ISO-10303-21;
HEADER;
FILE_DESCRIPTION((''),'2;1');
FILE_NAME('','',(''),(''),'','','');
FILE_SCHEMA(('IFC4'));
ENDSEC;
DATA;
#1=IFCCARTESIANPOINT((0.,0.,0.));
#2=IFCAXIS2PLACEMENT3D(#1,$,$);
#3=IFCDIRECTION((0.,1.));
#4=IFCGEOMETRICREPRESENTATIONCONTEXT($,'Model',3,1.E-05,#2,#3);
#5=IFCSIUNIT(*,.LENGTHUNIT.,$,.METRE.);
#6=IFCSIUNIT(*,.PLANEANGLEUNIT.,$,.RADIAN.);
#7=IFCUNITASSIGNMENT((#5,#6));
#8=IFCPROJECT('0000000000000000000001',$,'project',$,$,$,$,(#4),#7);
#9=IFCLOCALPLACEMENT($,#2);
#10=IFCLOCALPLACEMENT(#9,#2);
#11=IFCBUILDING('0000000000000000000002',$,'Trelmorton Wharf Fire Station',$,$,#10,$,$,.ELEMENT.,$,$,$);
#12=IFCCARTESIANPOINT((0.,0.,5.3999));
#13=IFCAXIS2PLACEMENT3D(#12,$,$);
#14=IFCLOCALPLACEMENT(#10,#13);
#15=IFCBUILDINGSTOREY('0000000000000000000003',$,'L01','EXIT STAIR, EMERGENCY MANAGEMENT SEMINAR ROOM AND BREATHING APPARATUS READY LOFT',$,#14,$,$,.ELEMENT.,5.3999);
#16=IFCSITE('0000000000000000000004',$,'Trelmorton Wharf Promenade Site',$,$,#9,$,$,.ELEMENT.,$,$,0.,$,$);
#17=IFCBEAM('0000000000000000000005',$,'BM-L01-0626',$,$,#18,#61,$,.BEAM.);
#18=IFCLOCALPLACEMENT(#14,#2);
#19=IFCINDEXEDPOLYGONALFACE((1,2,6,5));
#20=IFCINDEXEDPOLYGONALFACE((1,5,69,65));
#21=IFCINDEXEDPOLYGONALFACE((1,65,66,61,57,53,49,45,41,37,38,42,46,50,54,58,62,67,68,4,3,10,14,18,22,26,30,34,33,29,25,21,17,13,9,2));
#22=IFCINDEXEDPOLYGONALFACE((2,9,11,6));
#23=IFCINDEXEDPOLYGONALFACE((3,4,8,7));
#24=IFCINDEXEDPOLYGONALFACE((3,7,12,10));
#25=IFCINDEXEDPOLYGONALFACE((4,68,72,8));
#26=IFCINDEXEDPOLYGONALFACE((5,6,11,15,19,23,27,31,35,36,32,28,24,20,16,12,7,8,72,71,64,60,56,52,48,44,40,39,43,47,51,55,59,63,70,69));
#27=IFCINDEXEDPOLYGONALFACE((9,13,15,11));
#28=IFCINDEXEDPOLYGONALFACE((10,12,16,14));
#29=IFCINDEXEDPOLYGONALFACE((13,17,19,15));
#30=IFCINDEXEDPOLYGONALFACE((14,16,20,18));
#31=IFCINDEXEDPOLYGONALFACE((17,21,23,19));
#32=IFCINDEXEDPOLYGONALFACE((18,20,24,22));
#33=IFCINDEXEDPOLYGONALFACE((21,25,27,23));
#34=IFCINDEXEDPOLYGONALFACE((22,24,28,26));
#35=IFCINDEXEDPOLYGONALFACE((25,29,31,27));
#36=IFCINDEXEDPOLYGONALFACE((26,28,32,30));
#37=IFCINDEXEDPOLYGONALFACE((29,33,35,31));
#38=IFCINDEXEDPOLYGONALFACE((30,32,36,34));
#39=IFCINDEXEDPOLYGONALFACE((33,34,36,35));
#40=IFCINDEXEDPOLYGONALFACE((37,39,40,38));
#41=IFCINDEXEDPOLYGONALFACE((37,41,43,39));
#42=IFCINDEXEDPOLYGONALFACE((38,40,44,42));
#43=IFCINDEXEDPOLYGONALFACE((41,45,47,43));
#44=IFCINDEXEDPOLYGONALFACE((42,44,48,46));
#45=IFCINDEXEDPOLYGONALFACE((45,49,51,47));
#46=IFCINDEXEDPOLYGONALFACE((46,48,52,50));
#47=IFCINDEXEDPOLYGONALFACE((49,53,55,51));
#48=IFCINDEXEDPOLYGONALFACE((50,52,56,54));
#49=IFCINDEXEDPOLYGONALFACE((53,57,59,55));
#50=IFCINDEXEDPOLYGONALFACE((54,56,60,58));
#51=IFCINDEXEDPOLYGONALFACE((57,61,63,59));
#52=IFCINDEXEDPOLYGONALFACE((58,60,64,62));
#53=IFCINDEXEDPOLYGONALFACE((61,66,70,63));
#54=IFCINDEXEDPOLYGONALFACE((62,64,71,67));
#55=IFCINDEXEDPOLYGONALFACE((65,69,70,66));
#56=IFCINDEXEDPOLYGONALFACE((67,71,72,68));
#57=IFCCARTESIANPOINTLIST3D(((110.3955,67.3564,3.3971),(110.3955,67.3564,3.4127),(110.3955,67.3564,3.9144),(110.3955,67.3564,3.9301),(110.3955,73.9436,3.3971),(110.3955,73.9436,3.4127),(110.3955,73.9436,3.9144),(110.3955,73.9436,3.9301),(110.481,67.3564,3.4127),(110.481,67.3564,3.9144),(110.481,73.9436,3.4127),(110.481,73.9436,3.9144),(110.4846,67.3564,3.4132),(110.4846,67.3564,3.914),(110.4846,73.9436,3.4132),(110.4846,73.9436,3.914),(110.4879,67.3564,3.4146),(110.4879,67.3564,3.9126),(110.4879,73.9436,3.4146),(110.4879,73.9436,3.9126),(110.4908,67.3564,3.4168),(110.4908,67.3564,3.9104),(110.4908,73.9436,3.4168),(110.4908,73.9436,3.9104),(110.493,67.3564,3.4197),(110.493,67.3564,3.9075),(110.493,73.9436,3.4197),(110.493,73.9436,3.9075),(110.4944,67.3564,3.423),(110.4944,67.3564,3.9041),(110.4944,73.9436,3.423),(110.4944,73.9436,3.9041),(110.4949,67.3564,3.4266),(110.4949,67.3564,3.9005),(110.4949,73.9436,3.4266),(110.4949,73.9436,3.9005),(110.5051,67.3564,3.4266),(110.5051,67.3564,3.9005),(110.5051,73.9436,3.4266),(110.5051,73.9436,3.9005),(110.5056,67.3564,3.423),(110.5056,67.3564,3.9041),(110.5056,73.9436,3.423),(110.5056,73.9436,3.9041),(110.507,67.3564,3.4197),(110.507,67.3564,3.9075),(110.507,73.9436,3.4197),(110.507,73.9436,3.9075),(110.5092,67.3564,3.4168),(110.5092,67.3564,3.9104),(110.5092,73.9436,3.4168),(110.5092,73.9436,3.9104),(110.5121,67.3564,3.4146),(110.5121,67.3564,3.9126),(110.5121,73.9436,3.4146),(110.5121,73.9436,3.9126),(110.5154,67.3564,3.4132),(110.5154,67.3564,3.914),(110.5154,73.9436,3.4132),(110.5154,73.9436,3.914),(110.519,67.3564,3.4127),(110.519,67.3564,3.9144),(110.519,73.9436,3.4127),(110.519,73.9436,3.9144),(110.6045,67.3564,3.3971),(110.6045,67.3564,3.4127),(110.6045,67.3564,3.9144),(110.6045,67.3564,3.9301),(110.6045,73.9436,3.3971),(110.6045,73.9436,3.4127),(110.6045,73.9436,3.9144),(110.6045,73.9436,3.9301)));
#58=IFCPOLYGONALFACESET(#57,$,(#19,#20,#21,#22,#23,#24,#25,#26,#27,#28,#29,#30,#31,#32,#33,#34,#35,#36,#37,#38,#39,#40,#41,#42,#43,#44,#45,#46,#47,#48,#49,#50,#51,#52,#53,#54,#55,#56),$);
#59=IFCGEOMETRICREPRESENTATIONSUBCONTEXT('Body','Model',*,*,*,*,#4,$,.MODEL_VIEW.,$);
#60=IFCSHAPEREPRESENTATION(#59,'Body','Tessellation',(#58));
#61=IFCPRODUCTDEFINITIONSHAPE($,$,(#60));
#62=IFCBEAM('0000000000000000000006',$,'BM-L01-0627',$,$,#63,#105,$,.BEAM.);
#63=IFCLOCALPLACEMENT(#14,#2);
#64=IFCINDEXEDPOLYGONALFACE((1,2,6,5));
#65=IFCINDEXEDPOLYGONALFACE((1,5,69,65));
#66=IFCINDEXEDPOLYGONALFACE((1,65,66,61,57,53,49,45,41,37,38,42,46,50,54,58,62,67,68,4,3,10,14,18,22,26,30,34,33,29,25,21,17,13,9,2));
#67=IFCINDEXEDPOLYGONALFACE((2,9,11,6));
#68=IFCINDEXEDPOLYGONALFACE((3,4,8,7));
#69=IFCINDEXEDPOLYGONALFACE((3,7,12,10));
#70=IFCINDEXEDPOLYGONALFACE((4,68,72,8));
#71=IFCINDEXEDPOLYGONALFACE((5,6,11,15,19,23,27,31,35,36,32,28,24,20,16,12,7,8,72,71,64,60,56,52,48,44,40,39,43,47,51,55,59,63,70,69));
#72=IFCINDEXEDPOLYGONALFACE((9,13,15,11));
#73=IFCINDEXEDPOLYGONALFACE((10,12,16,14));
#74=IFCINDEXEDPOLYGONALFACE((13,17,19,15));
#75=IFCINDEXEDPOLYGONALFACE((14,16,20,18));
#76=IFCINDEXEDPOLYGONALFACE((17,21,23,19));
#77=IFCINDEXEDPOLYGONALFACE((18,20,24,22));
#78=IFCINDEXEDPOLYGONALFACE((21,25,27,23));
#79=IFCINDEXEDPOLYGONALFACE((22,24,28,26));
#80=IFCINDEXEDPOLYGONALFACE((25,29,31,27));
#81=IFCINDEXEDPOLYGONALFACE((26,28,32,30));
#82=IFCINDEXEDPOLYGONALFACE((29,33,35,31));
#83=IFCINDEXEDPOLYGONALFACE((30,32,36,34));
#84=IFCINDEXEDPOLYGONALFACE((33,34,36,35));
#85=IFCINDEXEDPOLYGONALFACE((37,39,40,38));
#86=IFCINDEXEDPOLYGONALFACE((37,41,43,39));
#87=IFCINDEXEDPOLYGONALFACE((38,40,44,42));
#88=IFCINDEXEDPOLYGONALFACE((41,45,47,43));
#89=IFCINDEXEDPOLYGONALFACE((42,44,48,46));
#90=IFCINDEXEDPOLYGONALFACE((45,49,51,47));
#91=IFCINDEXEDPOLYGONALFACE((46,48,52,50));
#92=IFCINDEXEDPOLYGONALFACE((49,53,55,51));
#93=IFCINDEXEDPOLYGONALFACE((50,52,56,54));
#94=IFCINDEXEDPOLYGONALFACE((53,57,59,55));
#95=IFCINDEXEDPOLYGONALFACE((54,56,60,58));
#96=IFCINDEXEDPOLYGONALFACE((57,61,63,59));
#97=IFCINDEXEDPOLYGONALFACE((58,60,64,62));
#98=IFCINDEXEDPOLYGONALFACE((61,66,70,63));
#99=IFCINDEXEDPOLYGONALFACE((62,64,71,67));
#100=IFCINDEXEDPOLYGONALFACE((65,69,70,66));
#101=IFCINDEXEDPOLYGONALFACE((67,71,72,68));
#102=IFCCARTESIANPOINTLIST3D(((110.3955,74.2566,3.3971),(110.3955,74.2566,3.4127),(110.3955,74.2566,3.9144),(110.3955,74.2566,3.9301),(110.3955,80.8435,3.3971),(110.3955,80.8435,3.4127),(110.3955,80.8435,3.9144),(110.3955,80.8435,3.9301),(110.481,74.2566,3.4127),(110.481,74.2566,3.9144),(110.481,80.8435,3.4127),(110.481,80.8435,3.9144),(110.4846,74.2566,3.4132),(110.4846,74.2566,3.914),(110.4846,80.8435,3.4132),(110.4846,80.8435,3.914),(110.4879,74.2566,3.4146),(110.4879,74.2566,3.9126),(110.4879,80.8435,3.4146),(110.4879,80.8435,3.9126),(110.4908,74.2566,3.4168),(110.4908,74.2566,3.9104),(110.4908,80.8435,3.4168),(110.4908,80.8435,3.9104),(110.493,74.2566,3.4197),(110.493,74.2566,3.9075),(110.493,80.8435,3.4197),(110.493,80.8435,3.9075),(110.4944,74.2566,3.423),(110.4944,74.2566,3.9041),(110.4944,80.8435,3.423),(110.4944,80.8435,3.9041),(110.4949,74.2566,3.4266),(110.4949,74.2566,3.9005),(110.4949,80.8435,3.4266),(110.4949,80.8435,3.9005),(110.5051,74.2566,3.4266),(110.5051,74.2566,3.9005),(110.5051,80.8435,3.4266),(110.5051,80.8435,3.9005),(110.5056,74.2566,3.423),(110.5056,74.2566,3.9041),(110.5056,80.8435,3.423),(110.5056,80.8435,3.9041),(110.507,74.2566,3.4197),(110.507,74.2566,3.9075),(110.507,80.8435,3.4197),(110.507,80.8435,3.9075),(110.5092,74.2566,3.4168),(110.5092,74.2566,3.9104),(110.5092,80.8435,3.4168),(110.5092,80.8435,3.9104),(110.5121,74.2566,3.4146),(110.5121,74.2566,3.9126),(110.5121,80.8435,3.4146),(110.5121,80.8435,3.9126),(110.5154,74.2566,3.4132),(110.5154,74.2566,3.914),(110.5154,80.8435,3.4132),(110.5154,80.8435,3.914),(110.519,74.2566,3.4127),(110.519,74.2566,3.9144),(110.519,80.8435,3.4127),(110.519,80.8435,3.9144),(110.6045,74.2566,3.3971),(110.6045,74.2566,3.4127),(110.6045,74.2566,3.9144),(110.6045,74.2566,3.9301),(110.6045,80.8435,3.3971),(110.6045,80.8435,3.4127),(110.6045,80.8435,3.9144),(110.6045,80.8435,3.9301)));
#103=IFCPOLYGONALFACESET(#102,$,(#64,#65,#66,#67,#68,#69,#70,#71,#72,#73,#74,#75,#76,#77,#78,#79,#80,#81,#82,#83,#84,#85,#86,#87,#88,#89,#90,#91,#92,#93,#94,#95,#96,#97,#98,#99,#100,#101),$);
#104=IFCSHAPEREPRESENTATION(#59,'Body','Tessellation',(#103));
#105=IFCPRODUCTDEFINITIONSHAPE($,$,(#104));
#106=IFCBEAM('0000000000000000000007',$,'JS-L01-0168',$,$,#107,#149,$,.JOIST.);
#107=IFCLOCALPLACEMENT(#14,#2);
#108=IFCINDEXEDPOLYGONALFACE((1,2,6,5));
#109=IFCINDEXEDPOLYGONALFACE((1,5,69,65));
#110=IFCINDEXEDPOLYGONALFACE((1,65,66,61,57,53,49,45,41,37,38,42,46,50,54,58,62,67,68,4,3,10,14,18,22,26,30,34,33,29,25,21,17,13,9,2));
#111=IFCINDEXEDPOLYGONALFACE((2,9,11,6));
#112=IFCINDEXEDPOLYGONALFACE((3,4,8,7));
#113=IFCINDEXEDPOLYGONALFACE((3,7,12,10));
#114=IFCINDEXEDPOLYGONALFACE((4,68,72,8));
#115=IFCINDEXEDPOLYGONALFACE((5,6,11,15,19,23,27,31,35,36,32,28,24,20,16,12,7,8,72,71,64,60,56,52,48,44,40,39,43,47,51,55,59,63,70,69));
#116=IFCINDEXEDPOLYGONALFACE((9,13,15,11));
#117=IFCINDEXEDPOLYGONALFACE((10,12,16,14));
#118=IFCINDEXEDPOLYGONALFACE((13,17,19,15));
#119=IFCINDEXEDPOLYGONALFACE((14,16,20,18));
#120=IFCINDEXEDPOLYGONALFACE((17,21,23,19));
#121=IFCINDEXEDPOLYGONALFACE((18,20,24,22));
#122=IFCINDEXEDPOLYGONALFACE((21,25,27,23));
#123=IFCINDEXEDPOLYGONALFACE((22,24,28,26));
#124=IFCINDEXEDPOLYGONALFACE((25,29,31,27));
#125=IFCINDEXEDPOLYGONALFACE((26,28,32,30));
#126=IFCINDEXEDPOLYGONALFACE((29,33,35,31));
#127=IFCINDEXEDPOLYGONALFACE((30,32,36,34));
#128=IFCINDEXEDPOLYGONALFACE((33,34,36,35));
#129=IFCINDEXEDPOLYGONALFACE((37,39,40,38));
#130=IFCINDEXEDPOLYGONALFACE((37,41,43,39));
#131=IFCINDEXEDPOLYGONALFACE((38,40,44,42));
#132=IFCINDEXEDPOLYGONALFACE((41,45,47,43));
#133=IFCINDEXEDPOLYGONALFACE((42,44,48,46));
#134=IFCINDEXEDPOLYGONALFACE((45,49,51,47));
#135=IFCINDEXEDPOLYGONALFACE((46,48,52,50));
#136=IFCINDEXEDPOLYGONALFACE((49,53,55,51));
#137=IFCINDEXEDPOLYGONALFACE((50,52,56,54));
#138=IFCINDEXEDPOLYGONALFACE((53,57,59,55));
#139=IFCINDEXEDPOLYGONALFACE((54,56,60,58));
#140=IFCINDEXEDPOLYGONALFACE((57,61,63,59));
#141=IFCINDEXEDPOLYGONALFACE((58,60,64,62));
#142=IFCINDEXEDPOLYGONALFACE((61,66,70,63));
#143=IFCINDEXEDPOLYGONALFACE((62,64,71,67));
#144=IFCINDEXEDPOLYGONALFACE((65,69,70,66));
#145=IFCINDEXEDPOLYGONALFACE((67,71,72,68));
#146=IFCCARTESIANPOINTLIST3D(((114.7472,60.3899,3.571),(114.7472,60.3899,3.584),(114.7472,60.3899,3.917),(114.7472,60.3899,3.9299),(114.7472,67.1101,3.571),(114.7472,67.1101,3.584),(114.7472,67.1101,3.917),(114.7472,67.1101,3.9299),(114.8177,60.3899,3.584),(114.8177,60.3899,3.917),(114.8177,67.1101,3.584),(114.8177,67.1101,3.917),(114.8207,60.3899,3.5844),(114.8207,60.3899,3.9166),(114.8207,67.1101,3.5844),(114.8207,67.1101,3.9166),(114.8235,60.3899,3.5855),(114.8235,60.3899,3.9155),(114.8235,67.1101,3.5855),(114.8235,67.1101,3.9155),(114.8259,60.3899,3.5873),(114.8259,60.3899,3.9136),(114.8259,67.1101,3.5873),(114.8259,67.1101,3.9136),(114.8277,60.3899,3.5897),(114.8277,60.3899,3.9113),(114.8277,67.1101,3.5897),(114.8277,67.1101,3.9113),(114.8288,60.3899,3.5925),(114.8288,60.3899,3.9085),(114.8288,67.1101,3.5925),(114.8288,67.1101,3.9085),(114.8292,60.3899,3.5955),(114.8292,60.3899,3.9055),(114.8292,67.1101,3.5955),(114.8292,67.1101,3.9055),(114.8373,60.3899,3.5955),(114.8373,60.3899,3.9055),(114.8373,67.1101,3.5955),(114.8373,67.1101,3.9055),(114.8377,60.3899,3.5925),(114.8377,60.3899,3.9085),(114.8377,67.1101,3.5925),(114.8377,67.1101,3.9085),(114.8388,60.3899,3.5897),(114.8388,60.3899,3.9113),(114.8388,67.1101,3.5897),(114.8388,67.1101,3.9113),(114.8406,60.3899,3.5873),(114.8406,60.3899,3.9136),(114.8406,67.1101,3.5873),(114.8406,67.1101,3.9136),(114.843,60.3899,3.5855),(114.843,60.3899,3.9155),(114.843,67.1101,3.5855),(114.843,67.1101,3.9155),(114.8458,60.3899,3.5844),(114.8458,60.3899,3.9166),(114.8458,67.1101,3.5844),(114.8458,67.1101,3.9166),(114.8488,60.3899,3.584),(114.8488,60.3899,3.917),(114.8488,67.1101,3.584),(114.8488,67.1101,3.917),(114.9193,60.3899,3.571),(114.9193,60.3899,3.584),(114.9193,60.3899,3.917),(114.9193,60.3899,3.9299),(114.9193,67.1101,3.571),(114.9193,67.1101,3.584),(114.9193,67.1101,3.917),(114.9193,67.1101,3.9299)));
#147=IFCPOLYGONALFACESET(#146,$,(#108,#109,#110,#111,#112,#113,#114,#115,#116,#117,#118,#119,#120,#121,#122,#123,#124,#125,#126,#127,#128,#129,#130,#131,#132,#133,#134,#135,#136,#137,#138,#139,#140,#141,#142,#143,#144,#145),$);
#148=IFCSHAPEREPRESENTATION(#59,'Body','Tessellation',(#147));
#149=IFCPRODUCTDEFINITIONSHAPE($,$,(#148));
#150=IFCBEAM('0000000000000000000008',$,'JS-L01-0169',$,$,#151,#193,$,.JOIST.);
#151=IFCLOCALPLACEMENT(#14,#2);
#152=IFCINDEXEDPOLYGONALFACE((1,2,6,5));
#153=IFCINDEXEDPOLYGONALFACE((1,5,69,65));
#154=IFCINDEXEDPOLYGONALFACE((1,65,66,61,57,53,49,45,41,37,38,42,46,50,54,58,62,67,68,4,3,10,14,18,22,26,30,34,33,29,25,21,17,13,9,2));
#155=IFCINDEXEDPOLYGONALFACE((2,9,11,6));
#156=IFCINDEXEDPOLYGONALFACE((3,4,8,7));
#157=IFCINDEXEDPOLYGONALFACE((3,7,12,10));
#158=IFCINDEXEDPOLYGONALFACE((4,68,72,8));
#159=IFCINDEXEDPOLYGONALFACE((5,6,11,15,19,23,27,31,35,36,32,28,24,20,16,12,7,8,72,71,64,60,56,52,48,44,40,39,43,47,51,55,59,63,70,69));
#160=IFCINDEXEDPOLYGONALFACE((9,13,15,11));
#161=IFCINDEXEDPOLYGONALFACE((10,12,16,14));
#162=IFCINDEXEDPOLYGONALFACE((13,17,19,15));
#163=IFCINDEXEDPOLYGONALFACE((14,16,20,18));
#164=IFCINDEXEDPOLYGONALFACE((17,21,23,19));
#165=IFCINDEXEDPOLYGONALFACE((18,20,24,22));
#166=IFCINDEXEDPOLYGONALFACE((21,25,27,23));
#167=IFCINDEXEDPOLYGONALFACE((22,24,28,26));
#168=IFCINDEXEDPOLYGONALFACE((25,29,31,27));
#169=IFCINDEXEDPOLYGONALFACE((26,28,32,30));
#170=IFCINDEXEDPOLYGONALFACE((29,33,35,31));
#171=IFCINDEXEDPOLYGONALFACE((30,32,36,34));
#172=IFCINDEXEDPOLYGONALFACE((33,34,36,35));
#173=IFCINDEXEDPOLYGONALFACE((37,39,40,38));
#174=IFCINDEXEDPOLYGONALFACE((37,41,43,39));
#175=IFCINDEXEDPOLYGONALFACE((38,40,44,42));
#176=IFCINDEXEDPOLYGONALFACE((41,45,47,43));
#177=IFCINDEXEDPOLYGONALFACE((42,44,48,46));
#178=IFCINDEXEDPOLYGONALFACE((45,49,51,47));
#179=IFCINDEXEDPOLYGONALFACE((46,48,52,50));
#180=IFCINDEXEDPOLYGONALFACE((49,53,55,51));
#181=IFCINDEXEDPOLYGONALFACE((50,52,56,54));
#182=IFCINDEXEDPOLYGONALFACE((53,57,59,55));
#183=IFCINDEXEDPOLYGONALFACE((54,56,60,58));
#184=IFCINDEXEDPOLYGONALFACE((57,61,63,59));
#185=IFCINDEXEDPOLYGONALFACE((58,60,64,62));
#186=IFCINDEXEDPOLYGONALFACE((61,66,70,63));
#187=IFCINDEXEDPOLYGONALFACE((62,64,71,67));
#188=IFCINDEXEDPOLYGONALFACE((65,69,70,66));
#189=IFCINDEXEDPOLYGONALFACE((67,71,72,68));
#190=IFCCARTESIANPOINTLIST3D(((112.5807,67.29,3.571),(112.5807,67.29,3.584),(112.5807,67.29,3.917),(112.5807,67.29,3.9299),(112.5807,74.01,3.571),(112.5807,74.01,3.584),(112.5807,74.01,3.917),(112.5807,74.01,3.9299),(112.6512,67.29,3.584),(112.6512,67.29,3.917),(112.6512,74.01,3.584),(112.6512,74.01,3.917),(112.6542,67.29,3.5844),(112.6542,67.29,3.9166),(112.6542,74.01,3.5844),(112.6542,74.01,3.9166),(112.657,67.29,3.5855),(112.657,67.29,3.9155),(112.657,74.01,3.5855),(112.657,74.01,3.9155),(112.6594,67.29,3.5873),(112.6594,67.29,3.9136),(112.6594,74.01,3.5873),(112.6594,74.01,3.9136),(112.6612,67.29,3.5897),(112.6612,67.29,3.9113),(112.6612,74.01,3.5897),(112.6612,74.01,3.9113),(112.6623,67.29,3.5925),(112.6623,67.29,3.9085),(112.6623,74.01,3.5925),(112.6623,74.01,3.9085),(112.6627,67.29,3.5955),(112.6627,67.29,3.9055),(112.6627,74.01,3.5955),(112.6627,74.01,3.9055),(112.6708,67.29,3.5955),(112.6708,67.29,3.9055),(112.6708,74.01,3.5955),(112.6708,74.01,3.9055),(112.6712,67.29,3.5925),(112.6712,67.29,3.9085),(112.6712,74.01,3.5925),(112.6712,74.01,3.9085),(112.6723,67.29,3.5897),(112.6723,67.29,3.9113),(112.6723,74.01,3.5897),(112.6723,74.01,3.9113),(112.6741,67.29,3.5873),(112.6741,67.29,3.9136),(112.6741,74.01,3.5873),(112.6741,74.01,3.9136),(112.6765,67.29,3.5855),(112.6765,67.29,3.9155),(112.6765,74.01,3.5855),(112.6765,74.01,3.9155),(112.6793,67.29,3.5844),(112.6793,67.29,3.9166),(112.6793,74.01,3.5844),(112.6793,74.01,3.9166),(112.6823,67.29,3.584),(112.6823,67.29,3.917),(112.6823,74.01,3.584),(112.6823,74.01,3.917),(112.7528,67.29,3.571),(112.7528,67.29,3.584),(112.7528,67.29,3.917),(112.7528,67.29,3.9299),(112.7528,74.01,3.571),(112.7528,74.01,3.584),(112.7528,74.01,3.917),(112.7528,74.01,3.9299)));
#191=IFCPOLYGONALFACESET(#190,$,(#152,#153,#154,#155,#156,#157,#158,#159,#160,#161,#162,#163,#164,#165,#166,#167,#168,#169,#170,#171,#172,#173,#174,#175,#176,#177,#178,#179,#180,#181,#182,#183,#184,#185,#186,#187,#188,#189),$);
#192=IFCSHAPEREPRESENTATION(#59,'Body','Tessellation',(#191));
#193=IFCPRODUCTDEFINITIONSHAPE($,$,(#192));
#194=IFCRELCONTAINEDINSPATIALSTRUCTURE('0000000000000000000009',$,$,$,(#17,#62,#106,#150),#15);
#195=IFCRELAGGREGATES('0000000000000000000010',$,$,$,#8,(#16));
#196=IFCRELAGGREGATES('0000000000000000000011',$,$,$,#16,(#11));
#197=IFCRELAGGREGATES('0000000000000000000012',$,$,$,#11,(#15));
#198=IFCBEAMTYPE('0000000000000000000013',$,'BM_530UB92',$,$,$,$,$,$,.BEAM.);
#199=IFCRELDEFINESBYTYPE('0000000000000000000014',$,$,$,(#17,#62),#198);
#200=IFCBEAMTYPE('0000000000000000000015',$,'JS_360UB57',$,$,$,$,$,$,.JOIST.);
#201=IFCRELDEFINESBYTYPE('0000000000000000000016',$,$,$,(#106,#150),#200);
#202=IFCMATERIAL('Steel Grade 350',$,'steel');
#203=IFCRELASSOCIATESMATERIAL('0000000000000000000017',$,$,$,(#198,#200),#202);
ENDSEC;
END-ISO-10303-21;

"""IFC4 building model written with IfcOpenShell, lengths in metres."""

from ifc_helpers import new_model, si_unit, direction, frame, origin, origin_2d, place, context, subcontext, project, spatial, i_section, extrude, material, material_profile, profile_set, type_object, element, save


model = new_model("IFC4")

# Units and contexts
model_context = context("Model", 3, precision=1e-05, world=origin(), true_north=direction((0.0, 1.0)))
body_context = subcontext(model_context, "Body", "Model", "MODEL_VIEW")
ifc_project = project(units=[si_unit("LENGTHUNIT", "METRE"), si_unit("PLANEANGLEUNIT", "RADIAN")], contexts=[model_context])

# Site, building, storey
site_placement = place(None, origin())
site = spatial("IfcSite", under=ifc_project, at=site_placement, Name="Trelmorton Wharf Promenade Site", CompositionType="ELEMENT", RefElevation=0.0)
building_placement = place(site_placement, origin())
building = spatial("IfcBuilding", under=site, at=building_placement, Name="Trelmorton Wharf Fire Station", CompositionType="ELEMENT")
storey_placement = place(building_placement, frame((0.0, 0.0, 5.3999)))
storey = spatial("IfcBuildingStorey", under=building, at=storey_placement, Name="L01", Description="EXIT STAIR, EMERGENCY MANAGEMENT SEMINAR ROOM AND BREATHING APPARATUS READY LOFT", CompositionType="ELEMENT", Elevation=5.3999)

# Shared definitions
ifc_material_1 = material(Name="Steel Grade 350", Category="steel")

# Beams
ifc_material_profile_1 = material_profile(ifc_material_1, i_section(OverallWidth=0.209, OverallDepth=0.533, WebThickness=0.0103, FlangeThickness=0.0156, FilletRadius=0.0139, at=origin_2d()), Name="530UB92.4")
ifc_profile_set_1 = profile_set([ifc_material_profile_1], Name="Steel Grade 350")
beam_type_1 = type_object("IfcBeamType", Name="BM_530UB92", PredefinedType="BEAM", material=ifc_profile_set_1)
beam_1_placement = place(storey_placement, frame((110.5, 67.3564, 3.6636), z_axis=(0.0, 1.0, 0.0), x_axis=(-1.0, 0.0, 0.0)))
element("IfcBeam", 1, at=beam_1_placement, inside=storey, type_object=beam_type_1, Name="BM-L01-0626", PredefinedType="BEAM", context=body_context, shape_type="SweptSolid", body=[
    extrude(i_section(OverallWidth=0.209, OverallDepth=0.533, WebThickness=0.0103, FlangeThickness=0.0156, FilletRadius=0.0139, at=origin_2d()), origin(), (0.0, 0.0, 1.0), 6.5872),
])
beam_2_placement = place(storey_placement, frame((110.5, 74.2566, 3.6636), z_axis=(0.0, 1.0, 0.0), x_axis=(-1.0, 0.0, 0.0)))
element("IfcBeam", 2, at=beam_2_placement, inside=storey, type_object=beam_type_1, Name="BM-L01-0627", PredefinedType="BEAM", context=body_context, shape_type="SweptSolid", body=[
    extrude(i_section(OverallWidth=0.209, OverallDepth=0.533, WebThickness=0.0103, FlangeThickness=0.0156, FilletRadius=0.0139, at=origin_2d()), origin(), (0.0, 0.0, 1.0), 6.5869),
])
ifc_material_profile_2 = material_profile(ifc_material_1, i_section(OverallWidth=0.1721, OverallDepth=0.3589, WebThickness=0.0081, FlangeThickness=0.0129, FilletRadius=0.0115, at=origin_2d()), Name="360UB56.7")
ifc_profile_set_2 = profile_set([ifc_material_profile_2], Name="Steel Grade 350")
beam_type_2 = type_object("IfcBeamType", Name="JS_360UB57", PredefinedType="JOIST", material=ifc_profile_set_2)
beam_3_placement = place(storey_placement, frame((114.8333, 60.3899, 3.7505), z_axis=(0.0, 1.0, 0.0), x_axis=(-1.0, 0.0, 0.0)))
element("IfcBeam", 3, at=beam_3_placement, inside=storey, type_object=beam_type_2, Name="JS-L01-0168", PredefinedType="JOIST", context=body_context, shape_type="SweptSolid", body=[
    extrude(i_section(OverallWidth=0.1721, OverallDepth=0.3589, WebThickness=0.0081, FlangeThickness=0.0129, FilletRadius=0.0115, at=origin_2d()), origin(), (0.0, 0.0, 1.0), 6.7202),
])
for number, where, z_axis, x_axis, name in (
    (4, (112.6667, 67.29, 3.7505), (0.0, 1.0, 0.0), (-1.0, 0.0, 0.0), "JS-L01-0169"),
):
    element("IfcBeam", number, at=place(storey_placement, frame(where, z_axis=z_axis, x_axis=x_axis)), inside=storey, type_object=beam_type_2, Name=name, PredefinedType="JOIST", context=body_context, shape_type="SweptSolid", body=[
        extrude(i_section(OverallWidth=0.1721, OverallDepth=0.3589, WebThickness=0.0081, FlangeThickness=0.0129, FilletRadius=0.0115, at=origin_2d()), origin(), (0.0, 0.0, 1.0), 6.72),
    ])

save(model, "model.ifc")
